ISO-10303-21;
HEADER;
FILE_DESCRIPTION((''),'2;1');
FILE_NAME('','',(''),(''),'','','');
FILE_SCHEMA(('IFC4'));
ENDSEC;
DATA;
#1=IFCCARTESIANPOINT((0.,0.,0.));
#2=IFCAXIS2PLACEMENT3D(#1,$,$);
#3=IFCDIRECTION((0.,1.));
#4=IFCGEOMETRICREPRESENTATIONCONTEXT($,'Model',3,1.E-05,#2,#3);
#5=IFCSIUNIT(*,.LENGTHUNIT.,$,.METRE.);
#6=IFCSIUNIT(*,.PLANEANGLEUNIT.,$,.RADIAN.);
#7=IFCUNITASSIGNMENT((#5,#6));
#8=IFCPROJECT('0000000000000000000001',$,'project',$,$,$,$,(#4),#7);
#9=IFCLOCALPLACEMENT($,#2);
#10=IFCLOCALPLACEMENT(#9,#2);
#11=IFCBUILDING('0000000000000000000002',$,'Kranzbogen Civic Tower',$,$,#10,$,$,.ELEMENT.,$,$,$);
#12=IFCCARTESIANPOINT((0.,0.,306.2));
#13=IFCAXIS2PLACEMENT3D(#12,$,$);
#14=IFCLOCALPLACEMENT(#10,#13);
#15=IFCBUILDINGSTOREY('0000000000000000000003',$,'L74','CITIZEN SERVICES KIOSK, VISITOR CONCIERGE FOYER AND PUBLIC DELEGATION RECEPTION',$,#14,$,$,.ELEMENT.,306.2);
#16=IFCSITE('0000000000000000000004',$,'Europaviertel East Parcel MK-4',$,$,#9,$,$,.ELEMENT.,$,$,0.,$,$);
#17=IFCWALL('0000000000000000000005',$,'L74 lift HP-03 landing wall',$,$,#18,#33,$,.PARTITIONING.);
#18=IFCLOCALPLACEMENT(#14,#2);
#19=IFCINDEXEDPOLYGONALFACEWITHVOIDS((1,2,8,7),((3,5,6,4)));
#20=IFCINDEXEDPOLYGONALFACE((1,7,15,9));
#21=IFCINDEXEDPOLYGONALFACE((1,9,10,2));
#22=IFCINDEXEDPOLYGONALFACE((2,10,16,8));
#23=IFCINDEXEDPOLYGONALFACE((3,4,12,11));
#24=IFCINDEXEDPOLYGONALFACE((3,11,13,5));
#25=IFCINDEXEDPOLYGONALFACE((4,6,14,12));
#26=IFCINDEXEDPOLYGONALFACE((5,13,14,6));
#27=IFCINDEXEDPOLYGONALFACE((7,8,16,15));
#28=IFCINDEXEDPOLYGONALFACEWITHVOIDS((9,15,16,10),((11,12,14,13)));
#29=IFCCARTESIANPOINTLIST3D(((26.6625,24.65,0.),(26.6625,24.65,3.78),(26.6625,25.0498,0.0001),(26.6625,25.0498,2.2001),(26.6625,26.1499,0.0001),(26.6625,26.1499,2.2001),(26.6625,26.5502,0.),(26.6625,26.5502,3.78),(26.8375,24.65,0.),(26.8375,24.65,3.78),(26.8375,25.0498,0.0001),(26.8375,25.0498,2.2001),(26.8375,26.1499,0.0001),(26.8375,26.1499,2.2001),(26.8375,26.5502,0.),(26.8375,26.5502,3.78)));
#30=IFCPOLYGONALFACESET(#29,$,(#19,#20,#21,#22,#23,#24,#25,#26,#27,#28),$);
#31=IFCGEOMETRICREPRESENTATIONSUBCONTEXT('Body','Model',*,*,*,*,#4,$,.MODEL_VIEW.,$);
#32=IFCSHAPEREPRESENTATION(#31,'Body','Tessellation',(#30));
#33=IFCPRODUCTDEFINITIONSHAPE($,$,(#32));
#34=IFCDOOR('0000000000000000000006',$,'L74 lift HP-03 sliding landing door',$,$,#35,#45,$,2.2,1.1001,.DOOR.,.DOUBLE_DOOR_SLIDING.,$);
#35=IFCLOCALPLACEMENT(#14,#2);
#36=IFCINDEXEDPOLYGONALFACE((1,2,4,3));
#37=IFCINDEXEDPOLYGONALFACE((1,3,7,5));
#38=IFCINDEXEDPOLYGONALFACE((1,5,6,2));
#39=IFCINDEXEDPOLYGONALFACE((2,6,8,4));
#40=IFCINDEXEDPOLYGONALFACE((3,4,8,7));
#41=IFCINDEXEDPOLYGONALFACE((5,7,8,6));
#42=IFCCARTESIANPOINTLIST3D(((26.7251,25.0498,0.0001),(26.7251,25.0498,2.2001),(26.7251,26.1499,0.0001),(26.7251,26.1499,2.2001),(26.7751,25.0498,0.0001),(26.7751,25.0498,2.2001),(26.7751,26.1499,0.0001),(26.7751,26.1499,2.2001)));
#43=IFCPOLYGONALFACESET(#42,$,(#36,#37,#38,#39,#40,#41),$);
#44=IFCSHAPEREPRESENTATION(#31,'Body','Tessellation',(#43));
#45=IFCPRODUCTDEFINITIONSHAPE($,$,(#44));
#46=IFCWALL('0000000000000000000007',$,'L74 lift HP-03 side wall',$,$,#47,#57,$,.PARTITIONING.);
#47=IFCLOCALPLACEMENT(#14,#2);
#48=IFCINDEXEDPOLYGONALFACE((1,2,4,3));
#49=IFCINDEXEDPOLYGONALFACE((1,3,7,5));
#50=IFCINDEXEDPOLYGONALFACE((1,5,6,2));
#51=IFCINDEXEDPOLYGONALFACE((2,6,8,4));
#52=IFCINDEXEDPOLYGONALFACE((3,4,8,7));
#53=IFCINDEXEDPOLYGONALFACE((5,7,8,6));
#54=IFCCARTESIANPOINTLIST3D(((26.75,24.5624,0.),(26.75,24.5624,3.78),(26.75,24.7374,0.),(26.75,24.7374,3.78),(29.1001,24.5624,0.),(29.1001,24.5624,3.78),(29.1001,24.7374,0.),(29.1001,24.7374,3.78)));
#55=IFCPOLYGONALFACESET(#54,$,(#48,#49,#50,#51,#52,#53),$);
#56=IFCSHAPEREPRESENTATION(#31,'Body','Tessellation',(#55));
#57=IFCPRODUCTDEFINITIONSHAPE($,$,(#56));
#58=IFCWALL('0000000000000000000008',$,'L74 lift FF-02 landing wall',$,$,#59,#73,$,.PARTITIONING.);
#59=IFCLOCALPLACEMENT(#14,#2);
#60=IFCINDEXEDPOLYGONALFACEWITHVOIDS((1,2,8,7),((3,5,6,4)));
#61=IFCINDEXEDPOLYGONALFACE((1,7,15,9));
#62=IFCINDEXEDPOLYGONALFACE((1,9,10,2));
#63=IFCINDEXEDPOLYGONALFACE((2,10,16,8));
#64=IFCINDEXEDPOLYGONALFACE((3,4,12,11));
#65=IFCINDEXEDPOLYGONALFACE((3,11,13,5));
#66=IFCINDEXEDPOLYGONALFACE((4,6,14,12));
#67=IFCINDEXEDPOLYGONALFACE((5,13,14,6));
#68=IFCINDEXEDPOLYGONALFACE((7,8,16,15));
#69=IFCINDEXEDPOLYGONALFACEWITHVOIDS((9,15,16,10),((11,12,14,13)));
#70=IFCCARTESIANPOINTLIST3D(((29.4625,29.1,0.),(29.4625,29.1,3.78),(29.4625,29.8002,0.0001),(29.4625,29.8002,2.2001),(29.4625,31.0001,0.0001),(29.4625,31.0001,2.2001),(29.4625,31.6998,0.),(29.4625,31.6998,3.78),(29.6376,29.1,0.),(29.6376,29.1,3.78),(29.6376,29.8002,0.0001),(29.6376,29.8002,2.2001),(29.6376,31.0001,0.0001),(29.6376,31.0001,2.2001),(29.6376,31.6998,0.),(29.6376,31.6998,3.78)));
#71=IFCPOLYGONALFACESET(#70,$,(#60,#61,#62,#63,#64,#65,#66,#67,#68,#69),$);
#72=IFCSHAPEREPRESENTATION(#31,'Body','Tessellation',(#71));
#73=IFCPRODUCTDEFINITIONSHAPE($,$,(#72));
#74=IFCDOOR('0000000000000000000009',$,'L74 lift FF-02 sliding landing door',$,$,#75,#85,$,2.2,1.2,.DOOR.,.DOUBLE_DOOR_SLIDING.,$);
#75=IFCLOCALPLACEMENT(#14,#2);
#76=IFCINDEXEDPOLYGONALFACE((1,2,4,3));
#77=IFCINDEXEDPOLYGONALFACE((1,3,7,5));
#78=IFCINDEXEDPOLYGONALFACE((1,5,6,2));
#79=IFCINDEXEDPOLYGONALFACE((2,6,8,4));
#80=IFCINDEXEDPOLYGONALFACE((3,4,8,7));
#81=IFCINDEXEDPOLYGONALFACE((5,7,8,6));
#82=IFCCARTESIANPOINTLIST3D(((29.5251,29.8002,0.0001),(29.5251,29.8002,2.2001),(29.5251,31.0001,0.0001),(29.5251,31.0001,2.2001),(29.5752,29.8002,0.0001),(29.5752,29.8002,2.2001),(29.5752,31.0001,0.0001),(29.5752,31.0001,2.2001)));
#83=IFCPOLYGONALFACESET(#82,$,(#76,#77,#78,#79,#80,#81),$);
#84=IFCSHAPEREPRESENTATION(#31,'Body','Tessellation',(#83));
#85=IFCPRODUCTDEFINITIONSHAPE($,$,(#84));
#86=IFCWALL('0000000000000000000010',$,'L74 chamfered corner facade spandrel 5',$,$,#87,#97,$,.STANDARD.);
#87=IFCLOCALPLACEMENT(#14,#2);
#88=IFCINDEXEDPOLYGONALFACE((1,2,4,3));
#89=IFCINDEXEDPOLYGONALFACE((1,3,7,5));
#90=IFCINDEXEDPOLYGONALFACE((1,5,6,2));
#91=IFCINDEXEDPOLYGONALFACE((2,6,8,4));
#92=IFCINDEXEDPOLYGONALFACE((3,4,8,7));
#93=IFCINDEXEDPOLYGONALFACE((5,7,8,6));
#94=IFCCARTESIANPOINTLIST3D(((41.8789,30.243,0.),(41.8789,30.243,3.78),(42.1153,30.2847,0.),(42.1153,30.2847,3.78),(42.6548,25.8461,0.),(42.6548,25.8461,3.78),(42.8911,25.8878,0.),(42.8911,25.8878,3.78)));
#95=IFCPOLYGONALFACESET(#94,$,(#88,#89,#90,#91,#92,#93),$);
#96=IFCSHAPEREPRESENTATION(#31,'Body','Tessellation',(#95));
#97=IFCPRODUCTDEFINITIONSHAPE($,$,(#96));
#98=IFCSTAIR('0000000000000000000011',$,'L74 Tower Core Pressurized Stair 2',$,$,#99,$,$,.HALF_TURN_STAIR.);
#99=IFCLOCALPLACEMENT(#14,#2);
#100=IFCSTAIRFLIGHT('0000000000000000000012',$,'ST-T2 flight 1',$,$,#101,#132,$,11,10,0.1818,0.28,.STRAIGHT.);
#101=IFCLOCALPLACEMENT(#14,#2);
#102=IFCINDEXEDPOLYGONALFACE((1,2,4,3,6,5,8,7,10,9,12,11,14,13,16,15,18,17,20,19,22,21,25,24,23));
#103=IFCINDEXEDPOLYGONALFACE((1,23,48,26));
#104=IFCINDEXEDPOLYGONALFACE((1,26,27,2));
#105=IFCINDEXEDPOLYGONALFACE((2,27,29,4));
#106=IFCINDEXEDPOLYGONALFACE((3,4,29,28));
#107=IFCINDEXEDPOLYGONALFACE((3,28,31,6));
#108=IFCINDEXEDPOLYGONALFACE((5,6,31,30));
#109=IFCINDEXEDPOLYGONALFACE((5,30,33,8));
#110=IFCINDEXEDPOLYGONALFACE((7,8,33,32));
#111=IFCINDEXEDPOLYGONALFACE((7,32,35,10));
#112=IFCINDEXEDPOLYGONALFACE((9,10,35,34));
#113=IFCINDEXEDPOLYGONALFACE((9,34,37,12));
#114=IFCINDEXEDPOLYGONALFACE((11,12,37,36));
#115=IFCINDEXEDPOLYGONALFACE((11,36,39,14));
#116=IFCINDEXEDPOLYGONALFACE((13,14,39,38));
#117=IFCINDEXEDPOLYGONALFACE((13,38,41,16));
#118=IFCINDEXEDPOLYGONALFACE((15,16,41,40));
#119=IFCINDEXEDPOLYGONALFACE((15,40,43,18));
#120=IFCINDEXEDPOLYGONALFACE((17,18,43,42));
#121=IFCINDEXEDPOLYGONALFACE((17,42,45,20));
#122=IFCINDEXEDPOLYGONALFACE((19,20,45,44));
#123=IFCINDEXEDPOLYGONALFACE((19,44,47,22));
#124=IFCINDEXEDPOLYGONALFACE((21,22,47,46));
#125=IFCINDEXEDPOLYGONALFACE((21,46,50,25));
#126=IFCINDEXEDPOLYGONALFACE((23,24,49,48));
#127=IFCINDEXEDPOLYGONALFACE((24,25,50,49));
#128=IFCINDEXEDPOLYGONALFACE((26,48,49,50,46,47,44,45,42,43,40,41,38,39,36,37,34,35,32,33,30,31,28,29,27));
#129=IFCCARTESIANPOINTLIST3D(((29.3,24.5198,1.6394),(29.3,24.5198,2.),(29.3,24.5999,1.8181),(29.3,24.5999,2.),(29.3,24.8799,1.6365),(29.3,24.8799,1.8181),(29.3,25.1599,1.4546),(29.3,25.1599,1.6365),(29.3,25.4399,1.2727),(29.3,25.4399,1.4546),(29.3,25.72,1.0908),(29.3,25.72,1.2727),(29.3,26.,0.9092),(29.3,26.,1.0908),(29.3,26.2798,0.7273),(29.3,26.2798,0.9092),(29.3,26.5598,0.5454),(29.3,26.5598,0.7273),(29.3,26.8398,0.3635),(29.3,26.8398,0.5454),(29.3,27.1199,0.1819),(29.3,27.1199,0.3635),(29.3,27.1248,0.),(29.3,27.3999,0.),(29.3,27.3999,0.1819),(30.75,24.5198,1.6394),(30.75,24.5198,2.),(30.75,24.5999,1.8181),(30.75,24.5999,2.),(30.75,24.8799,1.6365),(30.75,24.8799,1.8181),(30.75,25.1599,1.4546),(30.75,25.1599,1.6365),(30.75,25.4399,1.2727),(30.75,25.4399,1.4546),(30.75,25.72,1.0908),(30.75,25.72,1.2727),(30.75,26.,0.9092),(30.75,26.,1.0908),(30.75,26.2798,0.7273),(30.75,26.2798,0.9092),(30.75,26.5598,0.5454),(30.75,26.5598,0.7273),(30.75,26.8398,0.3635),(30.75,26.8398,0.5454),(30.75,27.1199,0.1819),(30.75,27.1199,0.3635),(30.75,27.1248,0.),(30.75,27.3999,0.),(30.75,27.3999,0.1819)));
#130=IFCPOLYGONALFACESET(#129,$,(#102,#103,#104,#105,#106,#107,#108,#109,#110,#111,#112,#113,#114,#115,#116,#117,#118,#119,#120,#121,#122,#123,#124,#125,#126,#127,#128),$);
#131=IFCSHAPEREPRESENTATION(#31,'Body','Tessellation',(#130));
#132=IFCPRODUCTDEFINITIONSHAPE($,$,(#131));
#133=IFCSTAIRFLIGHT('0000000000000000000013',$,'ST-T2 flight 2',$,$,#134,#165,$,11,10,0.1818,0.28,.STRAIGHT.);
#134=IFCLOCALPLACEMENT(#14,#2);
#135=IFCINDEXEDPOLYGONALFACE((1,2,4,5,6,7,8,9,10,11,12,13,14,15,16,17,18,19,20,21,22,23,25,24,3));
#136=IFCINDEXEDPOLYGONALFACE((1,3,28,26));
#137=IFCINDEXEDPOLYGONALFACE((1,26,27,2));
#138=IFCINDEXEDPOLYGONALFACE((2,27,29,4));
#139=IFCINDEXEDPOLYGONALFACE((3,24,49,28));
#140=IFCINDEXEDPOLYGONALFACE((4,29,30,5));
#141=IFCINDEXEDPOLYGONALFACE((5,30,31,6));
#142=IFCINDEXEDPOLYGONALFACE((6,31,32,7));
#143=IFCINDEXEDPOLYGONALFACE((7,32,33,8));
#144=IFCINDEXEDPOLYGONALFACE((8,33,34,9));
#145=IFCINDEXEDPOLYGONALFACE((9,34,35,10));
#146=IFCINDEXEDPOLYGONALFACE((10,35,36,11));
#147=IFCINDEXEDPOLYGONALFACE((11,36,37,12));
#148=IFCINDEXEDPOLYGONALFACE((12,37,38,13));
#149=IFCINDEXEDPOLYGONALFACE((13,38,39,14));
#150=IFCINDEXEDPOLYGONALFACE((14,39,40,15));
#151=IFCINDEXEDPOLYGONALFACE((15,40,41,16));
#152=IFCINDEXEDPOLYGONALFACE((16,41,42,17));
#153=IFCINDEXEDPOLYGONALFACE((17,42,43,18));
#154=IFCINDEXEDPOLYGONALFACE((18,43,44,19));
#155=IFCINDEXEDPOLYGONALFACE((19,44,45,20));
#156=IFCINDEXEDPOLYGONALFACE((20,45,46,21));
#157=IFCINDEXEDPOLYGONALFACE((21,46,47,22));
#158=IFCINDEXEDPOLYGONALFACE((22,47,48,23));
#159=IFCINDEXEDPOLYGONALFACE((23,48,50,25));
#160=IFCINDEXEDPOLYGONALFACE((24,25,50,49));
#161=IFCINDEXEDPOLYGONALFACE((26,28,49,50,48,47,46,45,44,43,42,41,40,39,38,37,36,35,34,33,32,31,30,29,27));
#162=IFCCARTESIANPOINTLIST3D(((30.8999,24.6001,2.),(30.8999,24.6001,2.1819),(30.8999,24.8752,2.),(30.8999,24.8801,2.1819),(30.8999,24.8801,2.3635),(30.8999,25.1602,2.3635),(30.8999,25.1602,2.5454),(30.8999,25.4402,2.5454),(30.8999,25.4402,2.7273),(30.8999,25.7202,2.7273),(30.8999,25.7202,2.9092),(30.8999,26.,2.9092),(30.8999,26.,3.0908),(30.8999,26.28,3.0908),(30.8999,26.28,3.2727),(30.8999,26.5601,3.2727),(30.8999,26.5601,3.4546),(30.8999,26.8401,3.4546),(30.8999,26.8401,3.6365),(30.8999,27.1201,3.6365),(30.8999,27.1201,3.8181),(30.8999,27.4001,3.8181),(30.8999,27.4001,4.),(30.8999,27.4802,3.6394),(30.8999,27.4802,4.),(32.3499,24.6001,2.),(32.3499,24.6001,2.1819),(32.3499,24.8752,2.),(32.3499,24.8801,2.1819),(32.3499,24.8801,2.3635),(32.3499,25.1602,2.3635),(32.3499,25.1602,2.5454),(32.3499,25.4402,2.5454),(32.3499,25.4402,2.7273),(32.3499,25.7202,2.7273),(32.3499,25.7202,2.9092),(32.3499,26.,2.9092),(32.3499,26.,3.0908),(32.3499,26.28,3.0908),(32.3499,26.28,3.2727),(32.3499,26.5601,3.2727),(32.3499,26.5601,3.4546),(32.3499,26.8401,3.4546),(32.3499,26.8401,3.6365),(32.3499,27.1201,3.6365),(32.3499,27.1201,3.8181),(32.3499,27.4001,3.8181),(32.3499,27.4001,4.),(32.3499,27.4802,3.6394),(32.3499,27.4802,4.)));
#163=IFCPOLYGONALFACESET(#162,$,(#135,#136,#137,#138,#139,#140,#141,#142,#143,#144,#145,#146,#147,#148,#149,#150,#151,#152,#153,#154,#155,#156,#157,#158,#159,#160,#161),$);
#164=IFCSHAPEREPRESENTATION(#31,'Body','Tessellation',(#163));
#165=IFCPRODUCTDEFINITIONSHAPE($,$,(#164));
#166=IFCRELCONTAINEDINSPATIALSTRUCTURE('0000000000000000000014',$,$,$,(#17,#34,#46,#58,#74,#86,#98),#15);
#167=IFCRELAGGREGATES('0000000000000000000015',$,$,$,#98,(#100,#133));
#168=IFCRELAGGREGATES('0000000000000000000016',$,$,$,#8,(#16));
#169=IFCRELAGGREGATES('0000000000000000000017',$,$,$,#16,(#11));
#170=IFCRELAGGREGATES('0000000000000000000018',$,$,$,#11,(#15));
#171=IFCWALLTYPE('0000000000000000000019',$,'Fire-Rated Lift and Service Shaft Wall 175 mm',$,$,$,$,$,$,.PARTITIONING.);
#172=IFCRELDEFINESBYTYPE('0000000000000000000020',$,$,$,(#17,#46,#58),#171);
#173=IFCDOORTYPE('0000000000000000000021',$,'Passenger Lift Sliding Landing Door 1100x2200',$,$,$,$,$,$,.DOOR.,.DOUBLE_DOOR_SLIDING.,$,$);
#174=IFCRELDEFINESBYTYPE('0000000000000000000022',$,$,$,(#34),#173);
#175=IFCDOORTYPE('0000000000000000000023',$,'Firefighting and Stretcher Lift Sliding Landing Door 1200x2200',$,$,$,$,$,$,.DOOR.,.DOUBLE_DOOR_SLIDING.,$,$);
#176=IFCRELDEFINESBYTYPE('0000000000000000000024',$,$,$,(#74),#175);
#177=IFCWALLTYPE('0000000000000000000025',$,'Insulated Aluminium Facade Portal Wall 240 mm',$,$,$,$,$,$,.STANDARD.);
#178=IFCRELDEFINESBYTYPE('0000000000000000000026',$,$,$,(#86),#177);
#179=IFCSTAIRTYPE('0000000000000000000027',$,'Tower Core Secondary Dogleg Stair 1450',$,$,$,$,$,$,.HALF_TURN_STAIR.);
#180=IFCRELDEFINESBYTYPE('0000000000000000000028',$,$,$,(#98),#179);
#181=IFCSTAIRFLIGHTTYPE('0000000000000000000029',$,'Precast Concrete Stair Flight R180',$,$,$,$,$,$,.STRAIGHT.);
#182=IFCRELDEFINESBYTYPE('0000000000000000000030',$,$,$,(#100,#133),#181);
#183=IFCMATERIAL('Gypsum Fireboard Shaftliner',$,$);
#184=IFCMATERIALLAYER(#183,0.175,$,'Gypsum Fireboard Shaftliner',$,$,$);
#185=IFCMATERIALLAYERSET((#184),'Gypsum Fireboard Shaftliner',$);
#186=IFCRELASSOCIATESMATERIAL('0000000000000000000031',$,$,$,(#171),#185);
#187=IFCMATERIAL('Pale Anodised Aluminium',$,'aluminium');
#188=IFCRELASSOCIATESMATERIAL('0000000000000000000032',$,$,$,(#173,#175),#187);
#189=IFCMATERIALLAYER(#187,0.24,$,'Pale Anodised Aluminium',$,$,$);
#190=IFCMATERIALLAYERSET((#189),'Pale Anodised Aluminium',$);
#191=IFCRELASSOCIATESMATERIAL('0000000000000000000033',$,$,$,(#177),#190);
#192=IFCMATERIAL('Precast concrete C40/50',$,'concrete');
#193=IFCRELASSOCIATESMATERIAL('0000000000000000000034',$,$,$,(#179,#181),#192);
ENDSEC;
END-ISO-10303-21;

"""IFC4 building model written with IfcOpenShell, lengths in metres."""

from ifc_helpers import new_model, si_unit, direction, frame, frame_2d, origin, place, context, subcontext, project, spatial, polyline, rectangle, outline, extrude, material, layer, layer_set, type_object, element, fill, aggregate, save


model = new_model("IFC4")

# Units and contexts
model_context = context("Model", 3, precision=1e-05, world=origin(), true_north=direction((0.0, 1.0)))
body_context = subcontext(model_context, "Body", "Model", "MODEL_VIEW")
ifc_project = project(units=[si_unit("LENGTHUNIT", "METRE"), si_unit("PLANEANGLEUNIT", "RADIAN")], contexts=[model_context])

# Site, building, storey
site_placement = place(None, origin())
site = spatial("IfcSite", under=ifc_project, at=site_placement, Name="Europaviertel East Parcel MK-4", CompositionType="ELEMENT", RefElevation=0.0)
building_placement = place(site_placement, origin())
building = spatial("IfcBuilding", under=site, at=building_placement, Name="Kranzbogen Civic Tower", CompositionType="ELEMENT")
storey_placement = place(building_placement, frame((0.0, 0.0, 306.2)))
storey = spatial("IfcBuildingStorey", under=building, at=storey_placement, Name="L74", Description="CITIZEN SERVICES KIOSK, VISITOR CONCIERGE FOYER AND PUBLIC DELEGATION RECEPTION", CompositionType="ELEMENT", Elevation=306.2)

# Shared definitions
ifc_material_1 = material(Name="Pale Anodised Aluminium", Category="aluminium")

# Wall, opening, door
ifc_material_2 = material(Name="Gypsum Fireboard Shaftliner")
ifc_layer_1 = layer(ifc_material_2, 0.175, Name="Gypsum Fireboard Shaftliner")
ifc_layer_set_1 = layer_set([ifc_layer_1], Name="Gypsum Fireboard Shaftliner")
wall_type_1 = type_object("IfcWallType", Name="Fire-Rated Lift and Service Shaft Wall 175 mm", PredefinedType="PARTITIONING", material=ifc_layer_set_1)
wall_1_placement = place(storey_placement, frame((26.75, 24.6499, 0.0), z_axis=(0.0, 0.0, 1.0), x_axis=(0.0, 1.0, 0.0)))
wall_1 = element("IfcWall", 1, at=wall_1_placement, inside=storey, type_object=wall_type_1, Name="L74 lift HP-03 landing wall", PredefinedType="PARTITIONING", context=body_context, shape_type="SweptSolid", body=[
    extrude(rectangle(XDim=1.9001, YDim=0.175, at=frame_2d((0.9502, 0.0))), origin(), (0.0, 0.0, 1.0), 3.78),
])
opening_1_placement = place(wall_1_placement, frame((0.3999, 0.0, 0.0)))
opening_1 = element("IfcOpeningElement", 2, at=opening_1_placement, cuts=wall_1, PredefinedType="OPENING", context=body_context, shape_type="SweptSolid", body=[
    extrude(rectangle(XDim=1.1001, YDim=2.2, at=frame_2d((0.55, 1.1001))), frame((0.0, 0.0977, 0.0), z_axis=(0.0, -1.0, 0.0), x_axis=(1.0, 0.0, 0.0)), (0.0, 0.0, 1.0), 0.1951),
])
door_type_1 = type_object("IfcDoorType", Name="Passenger Lift Sliding Landing Door 1100x2200", OperationType="DOUBLE_DOOR_SLIDING", PredefinedType="DOOR", material=ifc_material_1)
door_1_placement = place(opening_1_placement, origin())
door_1 = element("IfcDoor", 3, at=door_1_placement, inside=storey, type_object=door_type_1, Name="L74 lift HP-03 sliding landing door", OperationType="DOUBLE_DOOR_SLIDING", OverallHeight=2.2, OverallWidth=1.1001, PredefinedType="DOOR", context=body_context, shape_type="SweptSolid", body=[
    extrude(rectangle(XDim=1.1001, YDim=2.2, at=frame_2d((0.55, 1.1001))), frame((0.0, 0.0249, 0.0), z_axis=(0.0, -1.0, 0.0), x_axis=(1.0, 0.0, 0.0)), (0.0, 0.0, 1.0), 0.05),
])
fill(opening_1, door_1)

# Wall
wall_2_placement = place(storey_placement, frame((26.75, 24.6499, 0.0), z_axis=(0.0, 0.0, 1.0), x_axis=(1.0, 0.0, 0.0)))
element("IfcWall", 4, at=wall_2_placement, inside=storey, type_object=wall_type_1, Name="L74 lift HP-03 side wall", PredefinedType="PARTITIONING", context=body_context, shape_type="SweptSolid", body=[
    extrude(rectangle(XDim=2.3501, YDim=0.175, at=frame_2d((1.175, 0.0))), origin(), (0.0, 0.0, 1.0), 3.78),
])

# Wall, opening, door
wall_3_placement = place(storey_placement, frame((29.55, 29.1001, 0.0), z_axis=(0.0, 0.0, 1.0), x_axis=(0.0, 1.0, 0.0)))
wall_3 = element("IfcWall", 5, at=wall_3_placement, inside=storey, type_object=wall_type_1, Name="L74 lift FF-02 landing wall", PredefinedType="PARTITIONING", context=body_context, shape_type="SweptSolid", body=[
    extrude(rectangle(XDim=2.5999, YDim=0.175, at=frame_2d((1.2998, 0.0))), origin(), (0.0, 0.0, 1.0), 3.78),
])
opening_2_placement = place(wall_3_placement, frame((0.7, 0.0, 0.0)))
opening_2 = element("IfcOpeningElement", 6, at=opening_2_placement, cuts=wall_3, PredefinedType="OPENING", context=body_context, shape_type="SweptSolid", body=[
    extrude(rectangle(XDim=1.2, YDim=2.2, at=frame_2d((0.6001, 1.1001))), frame((0.0, 0.0977, 0.0), z_axis=(0.0, -1.0, 0.0), x_axis=(1.0, 0.0, 0.0)), (0.0, 0.0, 1.0), 0.1951),
])
door_type_2 = type_object("IfcDoorType", Name="Firefighting and Stretcher Lift Sliding Landing Door 1200x2200", OperationType="DOUBLE_DOOR_SLIDING", PredefinedType="DOOR", material=ifc_material_1)
door_2_placement = place(opening_2_placement, origin())
door_2 = element("IfcDoor", 7, at=door_2_placement, inside=storey, type_object=door_type_2, Name="L74 lift FF-02 sliding landing door", OperationType="DOUBLE_DOOR_SLIDING", OverallHeight=2.2, OverallWidth=1.2, PredefinedType="DOOR", context=body_context, shape_type="SweptSolid", body=[
    extrude(rectangle(XDim=1.2, YDim=2.2, at=frame_2d((0.6001, 1.1001))), frame((0.0, 0.0249, 0.0), z_axis=(0.0, -1.0, 0.0), x_axis=(1.0, 0.0, 0.0)), (0.0, 0.0, 1.0), 0.05),
])
fill(opening_2, door_2)

# Wall
ifc_layer_2 = layer(ifc_material_1, 0.24, Name="Pale Anodised Aluminium")
ifc_layer_set_2 = layer_set([ifc_layer_2], Name="Pale Anodised Aluminium")
wall_type_2 = type_object("IfcWallType", Name="Insulated Aluminium Facade Portal Wall 240 mm", PredefinedType="STANDARD", material=ifc_layer_set_2)
wall_4_placement = place(storey_placement, frame((42.7729, 25.8669, 0.0), z_axis=(0.0, 0.0, 1.0), x_axis=(-0.173773, 0.984786, 0.0)))
element("IfcWall", 8, at=wall_4_placement, inside=storey, type_object=wall_type_2, Name="L74 chamfered corner facade spandrel 5", PredefinedType="STANDARD", context=body_context, shape_type="SweptSolid", body=[
    extrude(rectangle(XDim=4.4648, YDim=0.24, at=frame_2d((2.2324, 0.0))), origin(), (0.0, 0.0, 1.0), 3.78),
])

# Stair, stair flights
ifc_material_3 = material(Name="Precast concrete C40/50", Category="concrete")
stair_type = type_object("IfcStairType", Name="Tower Core Secondary Dogleg Stair 1450", PredefinedType="HALF_TURN_STAIR", material=ifc_material_3)
stair_placement = place(storey_placement, origin())
stair = element("IfcStair", 9, at=stair_placement, inside=storey, type_object=stair_type, Name="L74 Tower Core Pressurized Stair 2", PredefinedType="HALF_TURN_STAIR")
stair_flight_type = type_object("IfcStairFlightType", Name="Precast Concrete Stair Flight R180", PredefinedType="STRAIGHT", material=ifc_material_3)
stair_flight_1_placement = place(storey_placement, frame((30.0249, 27.3999, 0.0), z_axis=(0.0, 0.0, 1.0), x_axis=(0.0, -1.0, 0.0)))
stair_flight_1 = element("IfcStairFlight", 10, at=stair_flight_1_placement, type_object=stair_flight_type, Name="ST-T2 flight 1", NumberOfRisers=11, NumberOfTreads=10, PredefinedType="STRAIGHT", RiserHeight=0.1818, TreadLength=0.28, context=body_context, shape_type="SweptSolid", body=[
    extrude(outline(polyline([(0.0, 0.0), (0.0, 0.1819), (0.28, 0.1819), (0.28, 0.3635), (0.5601, 0.3635), (0.5601, 0.5454), (0.8401, 0.5454), (0.8401, 0.7273), (1.1201, 0.7273), (1.1201, 0.9092), (1.3999, 0.9092), (1.3999, 1.0908), (1.6799, 1.0908), (1.6799, 1.2727), (1.96, 1.2727), (1.96, 1.4546), (2.24, 1.4546), (2.24, 1.6365), (2.52, 1.6365), (2.52, 1.8181), (2.8, 1.8181), (2.8, 2.0), (2.8801, 2.0), (2.8801, 1.6394), (0.2751, 0.0), (0.0, 0.0)])), frame((0.0, 0.7251, 0.0), z_axis=(0.0, -1.0, 0.0), x_axis=(1.0, 0.0, 0.0)), (0.0, 0.0, 1.0), 1.45),
])
stair_flight_2_placement = place(storey_placement, frame((31.625, 24.6001, 2.0), z_axis=(0.0, 0.0, 1.0), x_axis=(0.0, 1.0, 0.0)))
stair_flight_2 = element("IfcStairFlight", 11, at=stair_flight_2_placement, type_object=stair_flight_type, Name="ST-T2 flight 2", NumberOfRisers=11, NumberOfTreads=10, PredefinedType="STRAIGHT", RiserHeight=0.1818, TreadLength=0.28, context=body_context, shape_type="SweptSolid", body=[
    extrude(outline(polyline([(0.0, 0.0), (0.0, 0.1819), (0.28, 0.1819), (0.28, 0.3635), (0.5601, 0.3635), (0.5601, 0.5454), (0.8401, 0.5454), (0.8401, 0.7273), (1.1201, 0.7273), (1.1201, 0.9092), (1.3999, 0.9092), (1.3999, 1.0908), (1.6799, 1.0908), (1.6799, 1.2727), (1.96, 1.2727), (1.96, 1.4546), (2.24, 1.4546), (2.24, 1.6365), (2.52, 1.6365), (2.52, 1.8181), (2.8, 1.8181), (2.8, 2.0), (2.8801, 2.0), (2.8801, 1.6394), (0.2751, 0.0), (0.0, 0.0)])), frame((0.0, 0.7251, 0.0), z_axis=(0.0, -1.0, 0.0), x_axis=(1.0, 0.0, 0.0)), (0.0, 0.0, 1.0), 1.45),
])
aggregate(stair, [stair_flight_1, stair_flight_2])

save(model, "model.ifc")
